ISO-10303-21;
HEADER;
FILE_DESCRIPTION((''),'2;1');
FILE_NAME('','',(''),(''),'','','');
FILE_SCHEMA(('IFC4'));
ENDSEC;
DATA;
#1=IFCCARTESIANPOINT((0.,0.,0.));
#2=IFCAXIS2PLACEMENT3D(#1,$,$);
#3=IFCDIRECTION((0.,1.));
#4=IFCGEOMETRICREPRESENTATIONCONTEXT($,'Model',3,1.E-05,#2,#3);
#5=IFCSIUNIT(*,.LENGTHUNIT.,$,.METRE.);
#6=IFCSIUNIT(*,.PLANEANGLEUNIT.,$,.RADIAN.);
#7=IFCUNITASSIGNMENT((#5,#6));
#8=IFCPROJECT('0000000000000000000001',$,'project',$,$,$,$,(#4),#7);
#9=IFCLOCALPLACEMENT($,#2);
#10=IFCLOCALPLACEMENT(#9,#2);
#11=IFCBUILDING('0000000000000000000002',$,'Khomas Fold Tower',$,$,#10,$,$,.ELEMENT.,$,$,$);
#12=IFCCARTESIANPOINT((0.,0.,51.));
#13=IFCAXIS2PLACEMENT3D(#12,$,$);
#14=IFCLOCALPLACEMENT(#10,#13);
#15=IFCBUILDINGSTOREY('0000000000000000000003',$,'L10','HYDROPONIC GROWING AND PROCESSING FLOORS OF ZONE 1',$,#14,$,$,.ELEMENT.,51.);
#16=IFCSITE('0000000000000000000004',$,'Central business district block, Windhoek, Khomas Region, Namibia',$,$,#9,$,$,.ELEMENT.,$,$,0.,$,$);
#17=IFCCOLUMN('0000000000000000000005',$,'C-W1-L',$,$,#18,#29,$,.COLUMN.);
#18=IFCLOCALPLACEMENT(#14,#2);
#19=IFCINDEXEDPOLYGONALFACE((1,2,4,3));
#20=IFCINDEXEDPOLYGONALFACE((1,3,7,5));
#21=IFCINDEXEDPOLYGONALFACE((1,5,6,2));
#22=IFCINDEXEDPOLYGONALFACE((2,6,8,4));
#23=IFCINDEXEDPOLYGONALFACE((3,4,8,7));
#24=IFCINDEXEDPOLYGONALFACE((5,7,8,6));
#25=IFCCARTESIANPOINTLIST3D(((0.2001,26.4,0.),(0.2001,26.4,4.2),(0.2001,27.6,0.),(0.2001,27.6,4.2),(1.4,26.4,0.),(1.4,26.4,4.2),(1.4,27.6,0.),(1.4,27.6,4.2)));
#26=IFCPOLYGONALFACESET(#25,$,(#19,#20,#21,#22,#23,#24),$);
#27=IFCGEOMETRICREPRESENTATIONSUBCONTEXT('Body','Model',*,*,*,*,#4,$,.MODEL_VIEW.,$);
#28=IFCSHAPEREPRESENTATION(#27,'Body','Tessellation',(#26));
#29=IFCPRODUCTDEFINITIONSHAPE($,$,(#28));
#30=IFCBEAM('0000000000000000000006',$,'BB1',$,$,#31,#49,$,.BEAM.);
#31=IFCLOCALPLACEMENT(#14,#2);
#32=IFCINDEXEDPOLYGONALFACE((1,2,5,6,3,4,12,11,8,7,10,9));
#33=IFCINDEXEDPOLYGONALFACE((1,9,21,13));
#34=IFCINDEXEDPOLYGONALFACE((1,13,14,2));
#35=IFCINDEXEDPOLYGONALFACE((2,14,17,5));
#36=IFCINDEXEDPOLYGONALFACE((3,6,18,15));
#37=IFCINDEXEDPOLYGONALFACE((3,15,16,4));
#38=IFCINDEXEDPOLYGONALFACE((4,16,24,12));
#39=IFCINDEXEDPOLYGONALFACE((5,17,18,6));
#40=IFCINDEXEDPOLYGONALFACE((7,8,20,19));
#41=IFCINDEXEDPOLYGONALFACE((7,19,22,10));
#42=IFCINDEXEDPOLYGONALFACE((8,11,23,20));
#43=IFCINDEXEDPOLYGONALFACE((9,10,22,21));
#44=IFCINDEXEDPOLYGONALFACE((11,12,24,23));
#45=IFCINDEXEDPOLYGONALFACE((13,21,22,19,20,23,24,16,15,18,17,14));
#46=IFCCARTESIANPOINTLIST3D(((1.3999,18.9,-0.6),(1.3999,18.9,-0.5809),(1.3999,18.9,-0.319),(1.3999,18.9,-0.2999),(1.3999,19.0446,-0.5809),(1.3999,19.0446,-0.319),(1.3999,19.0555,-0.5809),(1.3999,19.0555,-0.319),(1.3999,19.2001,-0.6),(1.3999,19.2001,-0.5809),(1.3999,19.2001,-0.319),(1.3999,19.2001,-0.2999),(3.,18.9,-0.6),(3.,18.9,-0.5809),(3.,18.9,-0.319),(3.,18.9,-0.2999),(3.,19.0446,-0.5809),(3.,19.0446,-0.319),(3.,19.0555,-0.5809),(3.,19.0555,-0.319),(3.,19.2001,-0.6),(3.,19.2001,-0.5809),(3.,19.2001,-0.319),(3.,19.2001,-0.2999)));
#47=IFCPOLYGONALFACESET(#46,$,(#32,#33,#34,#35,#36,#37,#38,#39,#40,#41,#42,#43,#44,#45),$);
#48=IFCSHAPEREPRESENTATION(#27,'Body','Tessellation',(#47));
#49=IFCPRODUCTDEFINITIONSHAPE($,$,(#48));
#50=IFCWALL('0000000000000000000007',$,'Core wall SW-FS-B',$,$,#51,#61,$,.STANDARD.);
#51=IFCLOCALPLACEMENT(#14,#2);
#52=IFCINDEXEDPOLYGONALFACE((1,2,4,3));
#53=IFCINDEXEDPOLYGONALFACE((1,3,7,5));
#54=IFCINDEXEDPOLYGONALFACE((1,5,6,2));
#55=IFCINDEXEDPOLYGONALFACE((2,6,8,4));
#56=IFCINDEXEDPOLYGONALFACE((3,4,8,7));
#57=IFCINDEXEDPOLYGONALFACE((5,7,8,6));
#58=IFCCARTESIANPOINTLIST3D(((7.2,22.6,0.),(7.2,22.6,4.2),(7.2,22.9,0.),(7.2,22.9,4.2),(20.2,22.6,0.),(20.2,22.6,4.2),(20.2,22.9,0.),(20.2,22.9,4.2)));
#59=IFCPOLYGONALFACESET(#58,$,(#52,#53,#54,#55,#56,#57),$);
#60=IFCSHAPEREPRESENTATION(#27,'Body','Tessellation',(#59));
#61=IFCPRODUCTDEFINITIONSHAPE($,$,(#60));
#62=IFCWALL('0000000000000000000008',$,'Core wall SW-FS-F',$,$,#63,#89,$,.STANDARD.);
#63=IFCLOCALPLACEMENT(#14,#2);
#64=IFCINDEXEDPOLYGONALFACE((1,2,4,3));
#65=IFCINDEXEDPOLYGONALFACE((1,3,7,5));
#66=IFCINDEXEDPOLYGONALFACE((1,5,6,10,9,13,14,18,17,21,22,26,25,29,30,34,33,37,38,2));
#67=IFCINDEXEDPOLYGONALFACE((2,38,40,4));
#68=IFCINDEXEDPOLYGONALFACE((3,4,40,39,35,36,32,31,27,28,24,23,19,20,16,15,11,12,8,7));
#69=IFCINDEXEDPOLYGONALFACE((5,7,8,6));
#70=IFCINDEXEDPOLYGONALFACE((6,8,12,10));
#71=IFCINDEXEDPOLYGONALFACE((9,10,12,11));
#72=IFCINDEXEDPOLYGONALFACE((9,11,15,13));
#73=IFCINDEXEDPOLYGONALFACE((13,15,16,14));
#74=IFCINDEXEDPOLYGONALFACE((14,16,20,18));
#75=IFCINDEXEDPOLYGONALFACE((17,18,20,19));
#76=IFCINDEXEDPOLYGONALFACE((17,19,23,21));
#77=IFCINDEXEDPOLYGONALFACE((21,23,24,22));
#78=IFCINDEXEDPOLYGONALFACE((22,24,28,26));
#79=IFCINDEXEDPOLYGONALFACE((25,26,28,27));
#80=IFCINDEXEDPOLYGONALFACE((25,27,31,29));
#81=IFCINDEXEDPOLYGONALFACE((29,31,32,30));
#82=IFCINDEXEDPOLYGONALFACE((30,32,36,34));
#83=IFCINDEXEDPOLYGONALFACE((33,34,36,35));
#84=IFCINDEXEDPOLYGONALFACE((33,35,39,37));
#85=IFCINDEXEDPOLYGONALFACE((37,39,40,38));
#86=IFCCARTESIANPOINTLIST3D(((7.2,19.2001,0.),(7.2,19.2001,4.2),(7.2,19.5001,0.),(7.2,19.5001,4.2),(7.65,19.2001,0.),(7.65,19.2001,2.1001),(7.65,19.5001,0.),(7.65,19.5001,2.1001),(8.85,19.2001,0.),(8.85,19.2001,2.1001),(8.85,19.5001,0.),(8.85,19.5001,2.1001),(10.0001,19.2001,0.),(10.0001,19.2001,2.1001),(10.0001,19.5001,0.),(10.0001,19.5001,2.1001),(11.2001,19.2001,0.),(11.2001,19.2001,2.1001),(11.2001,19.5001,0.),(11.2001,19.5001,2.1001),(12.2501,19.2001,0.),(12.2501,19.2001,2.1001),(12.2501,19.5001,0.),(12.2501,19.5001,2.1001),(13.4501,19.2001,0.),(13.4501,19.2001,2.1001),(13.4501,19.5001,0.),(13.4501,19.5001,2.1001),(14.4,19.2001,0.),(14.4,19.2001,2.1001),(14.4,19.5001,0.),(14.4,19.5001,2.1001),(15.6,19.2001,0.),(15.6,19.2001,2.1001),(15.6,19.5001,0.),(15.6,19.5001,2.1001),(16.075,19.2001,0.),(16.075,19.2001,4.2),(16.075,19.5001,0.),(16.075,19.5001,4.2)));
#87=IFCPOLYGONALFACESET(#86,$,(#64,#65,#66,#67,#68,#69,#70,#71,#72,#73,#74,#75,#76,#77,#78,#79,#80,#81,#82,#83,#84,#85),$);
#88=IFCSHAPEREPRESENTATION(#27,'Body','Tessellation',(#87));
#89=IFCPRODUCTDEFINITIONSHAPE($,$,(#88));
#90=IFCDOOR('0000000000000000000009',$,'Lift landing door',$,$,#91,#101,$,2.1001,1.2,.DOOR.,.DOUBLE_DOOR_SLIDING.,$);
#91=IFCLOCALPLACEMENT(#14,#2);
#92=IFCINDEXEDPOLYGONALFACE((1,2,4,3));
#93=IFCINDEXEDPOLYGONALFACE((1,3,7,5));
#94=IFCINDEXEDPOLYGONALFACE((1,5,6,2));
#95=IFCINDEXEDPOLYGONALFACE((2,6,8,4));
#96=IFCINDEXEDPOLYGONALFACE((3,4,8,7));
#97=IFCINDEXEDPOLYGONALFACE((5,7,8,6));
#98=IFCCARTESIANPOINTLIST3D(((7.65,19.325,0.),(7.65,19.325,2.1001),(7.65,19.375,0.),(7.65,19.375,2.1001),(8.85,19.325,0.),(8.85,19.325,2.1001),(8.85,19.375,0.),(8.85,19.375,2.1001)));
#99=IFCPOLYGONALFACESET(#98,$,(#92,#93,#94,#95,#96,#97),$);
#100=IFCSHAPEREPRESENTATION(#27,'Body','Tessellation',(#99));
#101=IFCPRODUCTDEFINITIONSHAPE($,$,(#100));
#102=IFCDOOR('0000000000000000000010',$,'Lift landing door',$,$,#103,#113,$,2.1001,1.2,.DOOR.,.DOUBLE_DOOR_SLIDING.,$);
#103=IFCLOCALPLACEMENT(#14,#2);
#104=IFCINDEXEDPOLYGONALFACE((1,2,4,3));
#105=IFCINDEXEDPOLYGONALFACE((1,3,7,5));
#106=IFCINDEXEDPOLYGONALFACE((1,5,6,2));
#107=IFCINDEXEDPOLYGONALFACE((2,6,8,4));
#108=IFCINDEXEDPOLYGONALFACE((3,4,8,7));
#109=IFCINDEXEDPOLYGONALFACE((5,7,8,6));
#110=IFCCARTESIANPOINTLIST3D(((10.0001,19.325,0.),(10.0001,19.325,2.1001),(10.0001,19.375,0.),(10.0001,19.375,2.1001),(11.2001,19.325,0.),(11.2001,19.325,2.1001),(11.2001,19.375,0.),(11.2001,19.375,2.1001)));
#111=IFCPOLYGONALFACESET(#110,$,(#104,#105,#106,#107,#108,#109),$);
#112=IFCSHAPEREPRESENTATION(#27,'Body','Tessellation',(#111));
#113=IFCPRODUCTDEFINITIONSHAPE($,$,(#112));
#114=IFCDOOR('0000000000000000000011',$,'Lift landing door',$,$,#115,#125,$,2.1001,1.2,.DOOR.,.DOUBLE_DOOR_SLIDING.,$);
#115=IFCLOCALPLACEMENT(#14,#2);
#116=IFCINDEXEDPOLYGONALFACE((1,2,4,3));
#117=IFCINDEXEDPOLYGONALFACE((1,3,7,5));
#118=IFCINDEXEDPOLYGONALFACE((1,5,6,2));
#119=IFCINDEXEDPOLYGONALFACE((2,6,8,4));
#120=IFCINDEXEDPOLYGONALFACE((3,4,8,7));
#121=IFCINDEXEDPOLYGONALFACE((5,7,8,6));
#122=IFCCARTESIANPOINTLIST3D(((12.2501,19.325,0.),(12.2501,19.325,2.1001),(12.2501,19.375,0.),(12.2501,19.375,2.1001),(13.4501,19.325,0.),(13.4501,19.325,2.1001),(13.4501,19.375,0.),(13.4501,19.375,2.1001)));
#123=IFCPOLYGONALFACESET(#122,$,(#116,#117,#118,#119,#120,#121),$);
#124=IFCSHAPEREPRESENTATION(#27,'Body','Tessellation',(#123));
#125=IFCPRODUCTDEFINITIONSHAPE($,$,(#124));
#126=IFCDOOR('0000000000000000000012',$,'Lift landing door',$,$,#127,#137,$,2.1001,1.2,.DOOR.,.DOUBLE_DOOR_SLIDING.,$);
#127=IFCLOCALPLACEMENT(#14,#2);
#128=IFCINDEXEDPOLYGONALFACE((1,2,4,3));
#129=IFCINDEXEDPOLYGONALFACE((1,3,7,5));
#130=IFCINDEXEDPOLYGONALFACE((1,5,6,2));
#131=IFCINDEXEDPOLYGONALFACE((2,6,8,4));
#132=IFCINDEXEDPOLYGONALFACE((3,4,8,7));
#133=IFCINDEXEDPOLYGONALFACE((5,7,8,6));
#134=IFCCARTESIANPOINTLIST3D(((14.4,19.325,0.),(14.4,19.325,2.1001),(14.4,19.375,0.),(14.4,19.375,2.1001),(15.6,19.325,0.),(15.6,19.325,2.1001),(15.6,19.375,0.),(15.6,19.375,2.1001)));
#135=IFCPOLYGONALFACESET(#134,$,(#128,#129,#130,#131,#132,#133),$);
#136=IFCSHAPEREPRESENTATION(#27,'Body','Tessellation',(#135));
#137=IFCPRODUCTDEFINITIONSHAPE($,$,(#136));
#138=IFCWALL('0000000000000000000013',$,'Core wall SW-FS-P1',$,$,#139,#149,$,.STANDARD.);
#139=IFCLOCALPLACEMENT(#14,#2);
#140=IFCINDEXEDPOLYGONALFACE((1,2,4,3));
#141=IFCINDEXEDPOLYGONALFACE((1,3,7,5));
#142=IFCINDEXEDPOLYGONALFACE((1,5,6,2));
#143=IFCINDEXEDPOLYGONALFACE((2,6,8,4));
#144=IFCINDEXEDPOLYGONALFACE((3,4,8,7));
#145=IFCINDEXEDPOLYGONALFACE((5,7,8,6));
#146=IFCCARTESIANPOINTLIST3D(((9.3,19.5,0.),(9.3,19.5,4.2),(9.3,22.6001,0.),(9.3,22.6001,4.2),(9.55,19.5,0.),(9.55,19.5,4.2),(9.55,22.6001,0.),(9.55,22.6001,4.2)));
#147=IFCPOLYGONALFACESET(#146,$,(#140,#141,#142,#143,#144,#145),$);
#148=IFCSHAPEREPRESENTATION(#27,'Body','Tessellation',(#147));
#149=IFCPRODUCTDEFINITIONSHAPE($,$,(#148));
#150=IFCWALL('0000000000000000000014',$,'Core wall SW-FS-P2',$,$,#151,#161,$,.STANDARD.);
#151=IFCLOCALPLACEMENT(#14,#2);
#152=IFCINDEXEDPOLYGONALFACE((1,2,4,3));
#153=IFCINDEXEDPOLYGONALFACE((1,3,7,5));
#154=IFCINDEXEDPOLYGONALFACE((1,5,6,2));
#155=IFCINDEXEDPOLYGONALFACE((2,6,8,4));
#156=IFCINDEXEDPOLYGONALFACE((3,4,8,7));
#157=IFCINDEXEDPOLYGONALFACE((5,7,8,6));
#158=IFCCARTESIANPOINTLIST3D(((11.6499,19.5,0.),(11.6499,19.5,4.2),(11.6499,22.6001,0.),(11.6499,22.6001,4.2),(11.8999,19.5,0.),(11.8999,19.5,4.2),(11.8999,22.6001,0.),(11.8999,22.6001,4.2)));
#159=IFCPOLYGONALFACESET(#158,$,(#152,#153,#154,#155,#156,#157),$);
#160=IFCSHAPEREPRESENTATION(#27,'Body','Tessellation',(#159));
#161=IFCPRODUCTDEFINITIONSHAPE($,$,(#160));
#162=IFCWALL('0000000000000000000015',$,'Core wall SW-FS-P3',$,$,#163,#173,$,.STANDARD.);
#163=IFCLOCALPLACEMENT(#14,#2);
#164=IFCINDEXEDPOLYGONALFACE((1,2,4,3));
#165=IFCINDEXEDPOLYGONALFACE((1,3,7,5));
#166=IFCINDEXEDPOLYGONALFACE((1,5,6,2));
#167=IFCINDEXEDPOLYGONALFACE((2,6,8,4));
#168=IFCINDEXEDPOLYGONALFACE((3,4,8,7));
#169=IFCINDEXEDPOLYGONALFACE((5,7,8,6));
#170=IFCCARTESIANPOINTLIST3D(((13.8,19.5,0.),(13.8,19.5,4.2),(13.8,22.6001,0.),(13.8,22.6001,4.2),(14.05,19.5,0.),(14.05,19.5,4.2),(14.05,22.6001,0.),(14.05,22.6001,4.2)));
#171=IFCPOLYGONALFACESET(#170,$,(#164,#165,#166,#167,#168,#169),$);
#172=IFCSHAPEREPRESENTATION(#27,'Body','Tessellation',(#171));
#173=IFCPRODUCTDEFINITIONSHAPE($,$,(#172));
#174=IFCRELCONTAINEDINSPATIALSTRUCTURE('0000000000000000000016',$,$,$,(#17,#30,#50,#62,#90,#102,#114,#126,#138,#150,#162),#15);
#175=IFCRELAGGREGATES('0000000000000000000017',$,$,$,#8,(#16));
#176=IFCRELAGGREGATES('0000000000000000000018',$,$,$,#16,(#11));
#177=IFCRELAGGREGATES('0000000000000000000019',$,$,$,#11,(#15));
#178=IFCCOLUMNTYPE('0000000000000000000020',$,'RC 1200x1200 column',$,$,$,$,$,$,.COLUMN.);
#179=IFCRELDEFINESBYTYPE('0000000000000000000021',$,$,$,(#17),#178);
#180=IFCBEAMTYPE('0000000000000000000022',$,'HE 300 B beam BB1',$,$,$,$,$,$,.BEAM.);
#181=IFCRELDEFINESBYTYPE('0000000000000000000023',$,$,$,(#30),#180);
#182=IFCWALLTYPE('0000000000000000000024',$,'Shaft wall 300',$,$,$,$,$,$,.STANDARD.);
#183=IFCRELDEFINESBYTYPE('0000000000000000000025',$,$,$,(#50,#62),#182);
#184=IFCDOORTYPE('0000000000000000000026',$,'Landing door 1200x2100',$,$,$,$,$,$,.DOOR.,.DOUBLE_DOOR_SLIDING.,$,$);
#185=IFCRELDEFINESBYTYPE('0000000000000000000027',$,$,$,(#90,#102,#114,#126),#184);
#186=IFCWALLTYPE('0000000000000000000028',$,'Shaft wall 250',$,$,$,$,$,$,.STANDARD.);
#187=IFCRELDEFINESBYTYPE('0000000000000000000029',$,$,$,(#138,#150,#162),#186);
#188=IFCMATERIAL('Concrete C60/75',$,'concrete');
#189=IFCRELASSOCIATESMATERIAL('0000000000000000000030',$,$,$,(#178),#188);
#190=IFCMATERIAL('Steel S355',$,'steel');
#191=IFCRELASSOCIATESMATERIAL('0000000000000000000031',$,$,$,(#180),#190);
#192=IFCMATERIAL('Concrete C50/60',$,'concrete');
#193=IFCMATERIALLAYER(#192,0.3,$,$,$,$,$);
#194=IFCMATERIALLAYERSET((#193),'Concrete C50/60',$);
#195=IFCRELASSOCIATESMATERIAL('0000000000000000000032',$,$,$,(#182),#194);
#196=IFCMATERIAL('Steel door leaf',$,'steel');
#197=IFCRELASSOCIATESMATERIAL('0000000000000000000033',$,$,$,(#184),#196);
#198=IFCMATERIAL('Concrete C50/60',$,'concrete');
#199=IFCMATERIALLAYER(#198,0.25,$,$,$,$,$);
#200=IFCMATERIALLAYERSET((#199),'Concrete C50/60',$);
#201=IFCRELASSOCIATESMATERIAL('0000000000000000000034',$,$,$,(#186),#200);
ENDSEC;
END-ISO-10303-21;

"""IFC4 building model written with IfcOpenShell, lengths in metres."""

from ifc_helpers import new_model, si_unit, direction, frame, frame_2d, origin, origin_2d, place, context, subcontext, project, spatial, rectangle, i_section, extrude, source, transform, mapped, material, layer, layer_set, material_profile, profile_set, type_object, element, fill, save


model = new_model("IFC4")

# Units and contexts
model_context = context("Model", 3, precision=1e-05, world=origin(), true_north=direction((0.0, 1.0)))
body_context = subcontext(model_context, "Body", "Model", "MODEL_VIEW")
ifc_project = project(units=[si_unit("LENGTHUNIT", "METRE"), si_unit("PLANEANGLEUNIT", "RADIAN")], contexts=[model_context])

# Site, building, storey
site_placement = place(None, origin())
site = spatial("IfcSite", under=ifc_project, at=site_placement, Name="Central business district block, Windhoek, Khomas Region, Namibia", CompositionType="ELEMENT", RefElevation=0.0)
building_placement = place(site_placement, origin())
building = spatial("IfcBuilding", under=site, at=building_placement, Name="Khomas Fold Tower", CompositionType="ELEMENT")
storey_placement = place(building_placement, frame((0.0, 0.0, 51.0)))
storey = spatial("IfcBuildingStorey", under=building, at=storey_placement, Name="L10", Description="HYDROPONIC GROWING AND PROCESSING FLOORS OF ZONE 1", CompositionType="ELEMENT", Elevation=51.0)

# Column
ifc_material_1 = material(Name="Concrete C60/75", Category="concrete")
ifc_material_profile_1 = material_profile(ifc_material_1, rectangle(XDim=1.2, YDim=1.2, at=origin_2d()), Name="RC 1200x1200")
ifc_profile_set_1 = profile_set([ifc_material_profile_1], Name="Concrete C60/75")
column_type = type_object("IfcColumnType", Name="RC 1200x1200 column", PredefinedType="COLUMN", material=ifc_profile_set_1)
shared_shape_1 = source(origin(), body_context, "Body", "SweptSolid", [
    extrude(rectangle(XDim=1.2, YDim=1.2, at=origin_2d()), origin(), (0.0, 0.0, 1.0), 4.2),
])
column_placement = place(storey_placement, frame((0.8, 27.0, 0.0), z_axis=(0.0, 0.0, 1.0), x_axis=(1.0, 0.0, 0.0)))
element("IfcColumn", 1, at=column_placement, inside=storey, type_object=column_type, Name="C-W1-L", PredefinedType="COLUMN", context=body_context, shape_type="MappedRepresentation", body=[
    mapped(shared_shape_1, transform((0.0, 0.0, 0.0))),
])

# Beam
ifc_material_2 = material(Name="Steel S355", Category="steel")
ifc_material_profile_2 = material_profile(ifc_material_2, i_section(OverallWidth=0.3, OverallDepth=0.3, WebThickness=0.011, FlangeThickness=0.019, at=origin_2d()), Name="HE 300 B")
ifc_profile_set_2 = profile_set([ifc_material_profile_2], Name="Steel S355")
beam_type = type_object("IfcBeamType", Name="HE 300 B beam BB1", PredefinedType="BEAM", material=ifc_profile_set_2)
shared_shape_2 = source(origin(), body_context, "Body", "SweptSolid", [
    extrude(i_section(OverallWidth=0.3, OverallDepth=0.3, WebThickness=0.011, FlangeThickness=0.019, at=origin_2d()), origin(), (0.0, 0.0, 1.0), 1.6001),
])
beam_placement = place(storey_placement, frame((1.3999, 19.05, -0.45), z_axis=(1.0, 0.0, 0.0), x_axis=(0.0, 1.0, 0.0)))
element("IfcBeam", 2, at=beam_placement, inside=storey, type_object=beam_type, Name="BB1", PredefinedType="BEAM", context=body_context, shape_type="MappedRepresentation", body=[
    mapped(shared_shape_2, transform((0.0, 0.0, 0.0))),
])

# Wall
ifc_material_3 = material(Name="Concrete C50/60", Category="concrete")
ifc_layer_1 = layer(ifc_material_3, 0.3)
ifc_layer_set_1 = layer_set([ifc_layer_1], Name="Concrete C50/60")
wall_type_1 = type_object("IfcWallType", Name="Shaft wall 300", PredefinedType="STANDARD", material=ifc_layer_set_1)
shared_shape_3 = source(origin(), body_context, "Body", "SweptSolid", [
    extrude(rectangle(XDim=13.0, YDim=0.3, at=frame_2d((6.5, 0.0))), origin(), (0.0, 0.0, 1.0), 4.2),
])
wall_1_placement = place(storey_placement, frame((7.2, 22.75, 0.0), z_axis=(0.0, 0.0, 1.0), x_axis=(1.0, 0.0, 0.0)))
element("IfcWall", 3, at=wall_1_placement, inside=storey, type_object=wall_type_1, Name="Core wall SW-FS-B", PredefinedType="STANDARD", context=body_context, shape_type="MappedRepresentation", body=[
    mapped(shared_shape_3, transform((0.0, 0.0, 0.0))),
])

# Wall, openings, doors
shared_shape_4 = source(origin(), body_context, "Body", "SweptSolid", [
    extrude(rectangle(XDim=8.875, YDim=0.3, at=frame_2d((4.4375, 0.0))), origin(), (0.0, 0.0, 1.0), 4.2),
])
wall_2_placement = place(storey_placement, frame((7.2, 19.3501, 0.0), z_axis=(0.0, 0.0, 1.0), x_axis=(1.0, 0.0, 0.0)))
wall_2 = element("IfcWall", 4, at=wall_2_placement, inside=storey, type_object=wall_type_1, Name="Core wall SW-FS-F", PredefinedType="STANDARD", context=body_context, shape_type="MappedRepresentation", body=[
    mapped(shared_shape_4, transform((0.0, 0.0, 0.0))),
])
shared_shape_5 = source(origin(), body_context, "Body", "SweptSolid", [
    extrude(rectangle(XDim=1.2, YDim=2.1001, at=frame_2d((0.6001, 1.05))), frame((0.0, 0.1599, 0.0), z_axis=(0.0, -1.0, 0.0), x_axis=(1.0, 0.0, 0.0)), (0.0, 0.0, 1.0), 0.3201),
])
opening_1_placement = place(wall_2_placement, frame((0.45, 0.0, 0.0)))
opening_1 = element("IfcOpeningElement", 5, at=opening_1_placement, cuts=wall_2, PredefinedType="OPENING", context=body_context, shape_type="MappedRepresentation", body=[
    mapped(shared_shape_5, transform((0.0, 0.0, 0.0))),
])
opening_2_placement = place(wall_2_placement, frame((2.8, 0.0, 0.0)))
opening_2 = element("IfcOpeningElement", 6, at=opening_2_placement, cuts=wall_2, PredefinedType="OPENING", context=body_context, shape_type="MappedRepresentation", body=[
    mapped(shared_shape_5, transform((0.0, 0.0, 0.0))),
])
opening_3_placement = place(wall_2_placement, frame((5.05, 0.0, 0.0)))
opening_3 = element("IfcOpeningElement", 7, at=opening_3_placement, cuts=wall_2, PredefinedType="OPENING", context=body_context, shape_type="MappedRepresentation", body=[
    mapped(shared_shape_5, transform((0.0, 0.0, 0.0))),
])
opening_4_placement = place(wall_2_placement, frame((7.2, 0.0, 0.0)))
opening_4 = element("IfcOpeningElement", 8, at=opening_4_placement, cuts=wall_2, PredefinedType="OPENING", context=body_context, shape_type="MappedRepresentation", body=[
    mapped(shared_shape_5, transform((0.0, 0.0, 0.0))),
])
ifc_material_4 = material(Name="Steel door leaf", Category="steel")
door_type_1 = type_object("IfcDoorType", Name="Landing door 1200x2100", OperationType="DOUBLE_DOOR_SLIDING", PredefinedType="DOOR", material=ifc_material_4)
shared_shape_6 = source(origin(), body_context, "Body", "SweptSolid", [
    extrude(rectangle(XDim=1.2, YDim=2.1001, at=frame_2d((0.6001, 1.05))), frame((0.0, 0.0249, 0.0), z_axis=(0.0, -1.0, 0.0), x_axis=(1.0, 0.0, 0.0)), (0.0, 0.0, 1.0), 0.05),
])
door_1_placement = place(opening_1_placement, origin())
door_1 = element("IfcDoor", 9, at=door_1_placement, inside=storey, type_object=door_type_1, Name="Lift landing door", OperationType="DOUBLE_DOOR_SLIDING", OverallHeight=2.1001, OverallWidth=1.2, PredefinedType="DOOR", context=body_context, shape_type="MappedRepresentation", body=[
    mapped(shared_shape_6, transform((0.0, 0.0, 0.0))),
])
fill(opening_1, door_1)
door_2_placement = place(opening_2_placement, origin())
door_2 = element("IfcDoor", 10, at=door_2_placement, inside=storey, type_object=door_type_1, Name="Lift landing door", OperationType="DOUBLE_DOOR_SLIDING", OverallHeight=2.1001, OverallWidth=1.2, PredefinedType="DOOR", context=body_context, shape_type="MappedRepresentation", body=[
    mapped(shared_shape_6, transform((0.0, 0.0, 0.0))),
])
fill(opening_2, door_2)
door_3_placement = place(opening_3_placement, origin())
door_3 = element("IfcDoor", 11, at=door_3_placement, inside=storey, type_object=door_type_1, Name="Lift landing door", OperationType="DOUBLE_DOOR_SLIDING", OverallHeight=2.1001, OverallWidth=1.2, PredefinedType="DOOR", context=body_context, shape_type="MappedRepresentation", body=[
    mapped(shared_shape_6, transform((0.0, 0.0, 0.0))),
])
fill(opening_3, door_3)
door_4_placement = place(opening_4_placement, origin())
door_4 = element("IfcDoor", 12, at=door_4_placement, inside=storey, type_object=door_type_1, Name="Lift landing door", OperationType="DOUBLE_DOOR_SLIDING", OverallHeight=2.1001, OverallWidth=1.2, PredefinedType="DOOR", context=body_context, shape_type="MappedRepresentation", body=[
    mapped(shared_shape_6, transform((0.0, 0.0, 0.0))),
])
fill(opening_4, door_4)

# Walls
ifc_material_5 = material(Name="Concrete C50/60", Category="concrete")
ifc_layer_2 = layer(ifc_material_5, 0.25)
ifc_layer_set_2 = layer_set([ifc_layer_2], Name="Concrete C50/60")
wall_type_2 = type_object("IfcWallType", Name="Shaft wall 250", PredefinedType="STANDARD", material=ifc_layer_set_2)
shared_shape_7 = source(origin(), body_context, "Body", "SweptSolid", [
    extrude(rectangle(XDim=3.1001, YDim=0.25, at=frame_2d((1.55, 0.0))), origin(), (0.0, 0.0, 1.0), 4.2),
])
for number, where, z_axis, x_axis, name in (
    (13, (9.425, 19.5, 0.0), (0.0, 0.0, 1.0), (0.0, 1.0, 0.0), "Core wall SW-FS-P1"),
    (14, (11.7749, 19.5, 0.0), (0.0, 0.0, 1.0), (0.0, 1.0, 0.0), "Core wall SW-FS-P2"),
    (15, (13.925, 19.5, 0.0), (0.0, 0.0, 1.0), (0.0, 1.0, 0.0), "Core wall SW-FS-P3"),
):
    element("IfcWall", number, at=place(storey_placement, frame(where, z_axis=z_axis, x_axis=x_axis)), inside=storey, type_object=wall_type_2, Name=name, PredefinedType="STANDARD", context=body_context, shape_type="MappedRepresentation", body=[
        mapped(shared_shape_7, transform((0.0, 0.0, 0.0))),
    ])

save(model, "model.ifc")
